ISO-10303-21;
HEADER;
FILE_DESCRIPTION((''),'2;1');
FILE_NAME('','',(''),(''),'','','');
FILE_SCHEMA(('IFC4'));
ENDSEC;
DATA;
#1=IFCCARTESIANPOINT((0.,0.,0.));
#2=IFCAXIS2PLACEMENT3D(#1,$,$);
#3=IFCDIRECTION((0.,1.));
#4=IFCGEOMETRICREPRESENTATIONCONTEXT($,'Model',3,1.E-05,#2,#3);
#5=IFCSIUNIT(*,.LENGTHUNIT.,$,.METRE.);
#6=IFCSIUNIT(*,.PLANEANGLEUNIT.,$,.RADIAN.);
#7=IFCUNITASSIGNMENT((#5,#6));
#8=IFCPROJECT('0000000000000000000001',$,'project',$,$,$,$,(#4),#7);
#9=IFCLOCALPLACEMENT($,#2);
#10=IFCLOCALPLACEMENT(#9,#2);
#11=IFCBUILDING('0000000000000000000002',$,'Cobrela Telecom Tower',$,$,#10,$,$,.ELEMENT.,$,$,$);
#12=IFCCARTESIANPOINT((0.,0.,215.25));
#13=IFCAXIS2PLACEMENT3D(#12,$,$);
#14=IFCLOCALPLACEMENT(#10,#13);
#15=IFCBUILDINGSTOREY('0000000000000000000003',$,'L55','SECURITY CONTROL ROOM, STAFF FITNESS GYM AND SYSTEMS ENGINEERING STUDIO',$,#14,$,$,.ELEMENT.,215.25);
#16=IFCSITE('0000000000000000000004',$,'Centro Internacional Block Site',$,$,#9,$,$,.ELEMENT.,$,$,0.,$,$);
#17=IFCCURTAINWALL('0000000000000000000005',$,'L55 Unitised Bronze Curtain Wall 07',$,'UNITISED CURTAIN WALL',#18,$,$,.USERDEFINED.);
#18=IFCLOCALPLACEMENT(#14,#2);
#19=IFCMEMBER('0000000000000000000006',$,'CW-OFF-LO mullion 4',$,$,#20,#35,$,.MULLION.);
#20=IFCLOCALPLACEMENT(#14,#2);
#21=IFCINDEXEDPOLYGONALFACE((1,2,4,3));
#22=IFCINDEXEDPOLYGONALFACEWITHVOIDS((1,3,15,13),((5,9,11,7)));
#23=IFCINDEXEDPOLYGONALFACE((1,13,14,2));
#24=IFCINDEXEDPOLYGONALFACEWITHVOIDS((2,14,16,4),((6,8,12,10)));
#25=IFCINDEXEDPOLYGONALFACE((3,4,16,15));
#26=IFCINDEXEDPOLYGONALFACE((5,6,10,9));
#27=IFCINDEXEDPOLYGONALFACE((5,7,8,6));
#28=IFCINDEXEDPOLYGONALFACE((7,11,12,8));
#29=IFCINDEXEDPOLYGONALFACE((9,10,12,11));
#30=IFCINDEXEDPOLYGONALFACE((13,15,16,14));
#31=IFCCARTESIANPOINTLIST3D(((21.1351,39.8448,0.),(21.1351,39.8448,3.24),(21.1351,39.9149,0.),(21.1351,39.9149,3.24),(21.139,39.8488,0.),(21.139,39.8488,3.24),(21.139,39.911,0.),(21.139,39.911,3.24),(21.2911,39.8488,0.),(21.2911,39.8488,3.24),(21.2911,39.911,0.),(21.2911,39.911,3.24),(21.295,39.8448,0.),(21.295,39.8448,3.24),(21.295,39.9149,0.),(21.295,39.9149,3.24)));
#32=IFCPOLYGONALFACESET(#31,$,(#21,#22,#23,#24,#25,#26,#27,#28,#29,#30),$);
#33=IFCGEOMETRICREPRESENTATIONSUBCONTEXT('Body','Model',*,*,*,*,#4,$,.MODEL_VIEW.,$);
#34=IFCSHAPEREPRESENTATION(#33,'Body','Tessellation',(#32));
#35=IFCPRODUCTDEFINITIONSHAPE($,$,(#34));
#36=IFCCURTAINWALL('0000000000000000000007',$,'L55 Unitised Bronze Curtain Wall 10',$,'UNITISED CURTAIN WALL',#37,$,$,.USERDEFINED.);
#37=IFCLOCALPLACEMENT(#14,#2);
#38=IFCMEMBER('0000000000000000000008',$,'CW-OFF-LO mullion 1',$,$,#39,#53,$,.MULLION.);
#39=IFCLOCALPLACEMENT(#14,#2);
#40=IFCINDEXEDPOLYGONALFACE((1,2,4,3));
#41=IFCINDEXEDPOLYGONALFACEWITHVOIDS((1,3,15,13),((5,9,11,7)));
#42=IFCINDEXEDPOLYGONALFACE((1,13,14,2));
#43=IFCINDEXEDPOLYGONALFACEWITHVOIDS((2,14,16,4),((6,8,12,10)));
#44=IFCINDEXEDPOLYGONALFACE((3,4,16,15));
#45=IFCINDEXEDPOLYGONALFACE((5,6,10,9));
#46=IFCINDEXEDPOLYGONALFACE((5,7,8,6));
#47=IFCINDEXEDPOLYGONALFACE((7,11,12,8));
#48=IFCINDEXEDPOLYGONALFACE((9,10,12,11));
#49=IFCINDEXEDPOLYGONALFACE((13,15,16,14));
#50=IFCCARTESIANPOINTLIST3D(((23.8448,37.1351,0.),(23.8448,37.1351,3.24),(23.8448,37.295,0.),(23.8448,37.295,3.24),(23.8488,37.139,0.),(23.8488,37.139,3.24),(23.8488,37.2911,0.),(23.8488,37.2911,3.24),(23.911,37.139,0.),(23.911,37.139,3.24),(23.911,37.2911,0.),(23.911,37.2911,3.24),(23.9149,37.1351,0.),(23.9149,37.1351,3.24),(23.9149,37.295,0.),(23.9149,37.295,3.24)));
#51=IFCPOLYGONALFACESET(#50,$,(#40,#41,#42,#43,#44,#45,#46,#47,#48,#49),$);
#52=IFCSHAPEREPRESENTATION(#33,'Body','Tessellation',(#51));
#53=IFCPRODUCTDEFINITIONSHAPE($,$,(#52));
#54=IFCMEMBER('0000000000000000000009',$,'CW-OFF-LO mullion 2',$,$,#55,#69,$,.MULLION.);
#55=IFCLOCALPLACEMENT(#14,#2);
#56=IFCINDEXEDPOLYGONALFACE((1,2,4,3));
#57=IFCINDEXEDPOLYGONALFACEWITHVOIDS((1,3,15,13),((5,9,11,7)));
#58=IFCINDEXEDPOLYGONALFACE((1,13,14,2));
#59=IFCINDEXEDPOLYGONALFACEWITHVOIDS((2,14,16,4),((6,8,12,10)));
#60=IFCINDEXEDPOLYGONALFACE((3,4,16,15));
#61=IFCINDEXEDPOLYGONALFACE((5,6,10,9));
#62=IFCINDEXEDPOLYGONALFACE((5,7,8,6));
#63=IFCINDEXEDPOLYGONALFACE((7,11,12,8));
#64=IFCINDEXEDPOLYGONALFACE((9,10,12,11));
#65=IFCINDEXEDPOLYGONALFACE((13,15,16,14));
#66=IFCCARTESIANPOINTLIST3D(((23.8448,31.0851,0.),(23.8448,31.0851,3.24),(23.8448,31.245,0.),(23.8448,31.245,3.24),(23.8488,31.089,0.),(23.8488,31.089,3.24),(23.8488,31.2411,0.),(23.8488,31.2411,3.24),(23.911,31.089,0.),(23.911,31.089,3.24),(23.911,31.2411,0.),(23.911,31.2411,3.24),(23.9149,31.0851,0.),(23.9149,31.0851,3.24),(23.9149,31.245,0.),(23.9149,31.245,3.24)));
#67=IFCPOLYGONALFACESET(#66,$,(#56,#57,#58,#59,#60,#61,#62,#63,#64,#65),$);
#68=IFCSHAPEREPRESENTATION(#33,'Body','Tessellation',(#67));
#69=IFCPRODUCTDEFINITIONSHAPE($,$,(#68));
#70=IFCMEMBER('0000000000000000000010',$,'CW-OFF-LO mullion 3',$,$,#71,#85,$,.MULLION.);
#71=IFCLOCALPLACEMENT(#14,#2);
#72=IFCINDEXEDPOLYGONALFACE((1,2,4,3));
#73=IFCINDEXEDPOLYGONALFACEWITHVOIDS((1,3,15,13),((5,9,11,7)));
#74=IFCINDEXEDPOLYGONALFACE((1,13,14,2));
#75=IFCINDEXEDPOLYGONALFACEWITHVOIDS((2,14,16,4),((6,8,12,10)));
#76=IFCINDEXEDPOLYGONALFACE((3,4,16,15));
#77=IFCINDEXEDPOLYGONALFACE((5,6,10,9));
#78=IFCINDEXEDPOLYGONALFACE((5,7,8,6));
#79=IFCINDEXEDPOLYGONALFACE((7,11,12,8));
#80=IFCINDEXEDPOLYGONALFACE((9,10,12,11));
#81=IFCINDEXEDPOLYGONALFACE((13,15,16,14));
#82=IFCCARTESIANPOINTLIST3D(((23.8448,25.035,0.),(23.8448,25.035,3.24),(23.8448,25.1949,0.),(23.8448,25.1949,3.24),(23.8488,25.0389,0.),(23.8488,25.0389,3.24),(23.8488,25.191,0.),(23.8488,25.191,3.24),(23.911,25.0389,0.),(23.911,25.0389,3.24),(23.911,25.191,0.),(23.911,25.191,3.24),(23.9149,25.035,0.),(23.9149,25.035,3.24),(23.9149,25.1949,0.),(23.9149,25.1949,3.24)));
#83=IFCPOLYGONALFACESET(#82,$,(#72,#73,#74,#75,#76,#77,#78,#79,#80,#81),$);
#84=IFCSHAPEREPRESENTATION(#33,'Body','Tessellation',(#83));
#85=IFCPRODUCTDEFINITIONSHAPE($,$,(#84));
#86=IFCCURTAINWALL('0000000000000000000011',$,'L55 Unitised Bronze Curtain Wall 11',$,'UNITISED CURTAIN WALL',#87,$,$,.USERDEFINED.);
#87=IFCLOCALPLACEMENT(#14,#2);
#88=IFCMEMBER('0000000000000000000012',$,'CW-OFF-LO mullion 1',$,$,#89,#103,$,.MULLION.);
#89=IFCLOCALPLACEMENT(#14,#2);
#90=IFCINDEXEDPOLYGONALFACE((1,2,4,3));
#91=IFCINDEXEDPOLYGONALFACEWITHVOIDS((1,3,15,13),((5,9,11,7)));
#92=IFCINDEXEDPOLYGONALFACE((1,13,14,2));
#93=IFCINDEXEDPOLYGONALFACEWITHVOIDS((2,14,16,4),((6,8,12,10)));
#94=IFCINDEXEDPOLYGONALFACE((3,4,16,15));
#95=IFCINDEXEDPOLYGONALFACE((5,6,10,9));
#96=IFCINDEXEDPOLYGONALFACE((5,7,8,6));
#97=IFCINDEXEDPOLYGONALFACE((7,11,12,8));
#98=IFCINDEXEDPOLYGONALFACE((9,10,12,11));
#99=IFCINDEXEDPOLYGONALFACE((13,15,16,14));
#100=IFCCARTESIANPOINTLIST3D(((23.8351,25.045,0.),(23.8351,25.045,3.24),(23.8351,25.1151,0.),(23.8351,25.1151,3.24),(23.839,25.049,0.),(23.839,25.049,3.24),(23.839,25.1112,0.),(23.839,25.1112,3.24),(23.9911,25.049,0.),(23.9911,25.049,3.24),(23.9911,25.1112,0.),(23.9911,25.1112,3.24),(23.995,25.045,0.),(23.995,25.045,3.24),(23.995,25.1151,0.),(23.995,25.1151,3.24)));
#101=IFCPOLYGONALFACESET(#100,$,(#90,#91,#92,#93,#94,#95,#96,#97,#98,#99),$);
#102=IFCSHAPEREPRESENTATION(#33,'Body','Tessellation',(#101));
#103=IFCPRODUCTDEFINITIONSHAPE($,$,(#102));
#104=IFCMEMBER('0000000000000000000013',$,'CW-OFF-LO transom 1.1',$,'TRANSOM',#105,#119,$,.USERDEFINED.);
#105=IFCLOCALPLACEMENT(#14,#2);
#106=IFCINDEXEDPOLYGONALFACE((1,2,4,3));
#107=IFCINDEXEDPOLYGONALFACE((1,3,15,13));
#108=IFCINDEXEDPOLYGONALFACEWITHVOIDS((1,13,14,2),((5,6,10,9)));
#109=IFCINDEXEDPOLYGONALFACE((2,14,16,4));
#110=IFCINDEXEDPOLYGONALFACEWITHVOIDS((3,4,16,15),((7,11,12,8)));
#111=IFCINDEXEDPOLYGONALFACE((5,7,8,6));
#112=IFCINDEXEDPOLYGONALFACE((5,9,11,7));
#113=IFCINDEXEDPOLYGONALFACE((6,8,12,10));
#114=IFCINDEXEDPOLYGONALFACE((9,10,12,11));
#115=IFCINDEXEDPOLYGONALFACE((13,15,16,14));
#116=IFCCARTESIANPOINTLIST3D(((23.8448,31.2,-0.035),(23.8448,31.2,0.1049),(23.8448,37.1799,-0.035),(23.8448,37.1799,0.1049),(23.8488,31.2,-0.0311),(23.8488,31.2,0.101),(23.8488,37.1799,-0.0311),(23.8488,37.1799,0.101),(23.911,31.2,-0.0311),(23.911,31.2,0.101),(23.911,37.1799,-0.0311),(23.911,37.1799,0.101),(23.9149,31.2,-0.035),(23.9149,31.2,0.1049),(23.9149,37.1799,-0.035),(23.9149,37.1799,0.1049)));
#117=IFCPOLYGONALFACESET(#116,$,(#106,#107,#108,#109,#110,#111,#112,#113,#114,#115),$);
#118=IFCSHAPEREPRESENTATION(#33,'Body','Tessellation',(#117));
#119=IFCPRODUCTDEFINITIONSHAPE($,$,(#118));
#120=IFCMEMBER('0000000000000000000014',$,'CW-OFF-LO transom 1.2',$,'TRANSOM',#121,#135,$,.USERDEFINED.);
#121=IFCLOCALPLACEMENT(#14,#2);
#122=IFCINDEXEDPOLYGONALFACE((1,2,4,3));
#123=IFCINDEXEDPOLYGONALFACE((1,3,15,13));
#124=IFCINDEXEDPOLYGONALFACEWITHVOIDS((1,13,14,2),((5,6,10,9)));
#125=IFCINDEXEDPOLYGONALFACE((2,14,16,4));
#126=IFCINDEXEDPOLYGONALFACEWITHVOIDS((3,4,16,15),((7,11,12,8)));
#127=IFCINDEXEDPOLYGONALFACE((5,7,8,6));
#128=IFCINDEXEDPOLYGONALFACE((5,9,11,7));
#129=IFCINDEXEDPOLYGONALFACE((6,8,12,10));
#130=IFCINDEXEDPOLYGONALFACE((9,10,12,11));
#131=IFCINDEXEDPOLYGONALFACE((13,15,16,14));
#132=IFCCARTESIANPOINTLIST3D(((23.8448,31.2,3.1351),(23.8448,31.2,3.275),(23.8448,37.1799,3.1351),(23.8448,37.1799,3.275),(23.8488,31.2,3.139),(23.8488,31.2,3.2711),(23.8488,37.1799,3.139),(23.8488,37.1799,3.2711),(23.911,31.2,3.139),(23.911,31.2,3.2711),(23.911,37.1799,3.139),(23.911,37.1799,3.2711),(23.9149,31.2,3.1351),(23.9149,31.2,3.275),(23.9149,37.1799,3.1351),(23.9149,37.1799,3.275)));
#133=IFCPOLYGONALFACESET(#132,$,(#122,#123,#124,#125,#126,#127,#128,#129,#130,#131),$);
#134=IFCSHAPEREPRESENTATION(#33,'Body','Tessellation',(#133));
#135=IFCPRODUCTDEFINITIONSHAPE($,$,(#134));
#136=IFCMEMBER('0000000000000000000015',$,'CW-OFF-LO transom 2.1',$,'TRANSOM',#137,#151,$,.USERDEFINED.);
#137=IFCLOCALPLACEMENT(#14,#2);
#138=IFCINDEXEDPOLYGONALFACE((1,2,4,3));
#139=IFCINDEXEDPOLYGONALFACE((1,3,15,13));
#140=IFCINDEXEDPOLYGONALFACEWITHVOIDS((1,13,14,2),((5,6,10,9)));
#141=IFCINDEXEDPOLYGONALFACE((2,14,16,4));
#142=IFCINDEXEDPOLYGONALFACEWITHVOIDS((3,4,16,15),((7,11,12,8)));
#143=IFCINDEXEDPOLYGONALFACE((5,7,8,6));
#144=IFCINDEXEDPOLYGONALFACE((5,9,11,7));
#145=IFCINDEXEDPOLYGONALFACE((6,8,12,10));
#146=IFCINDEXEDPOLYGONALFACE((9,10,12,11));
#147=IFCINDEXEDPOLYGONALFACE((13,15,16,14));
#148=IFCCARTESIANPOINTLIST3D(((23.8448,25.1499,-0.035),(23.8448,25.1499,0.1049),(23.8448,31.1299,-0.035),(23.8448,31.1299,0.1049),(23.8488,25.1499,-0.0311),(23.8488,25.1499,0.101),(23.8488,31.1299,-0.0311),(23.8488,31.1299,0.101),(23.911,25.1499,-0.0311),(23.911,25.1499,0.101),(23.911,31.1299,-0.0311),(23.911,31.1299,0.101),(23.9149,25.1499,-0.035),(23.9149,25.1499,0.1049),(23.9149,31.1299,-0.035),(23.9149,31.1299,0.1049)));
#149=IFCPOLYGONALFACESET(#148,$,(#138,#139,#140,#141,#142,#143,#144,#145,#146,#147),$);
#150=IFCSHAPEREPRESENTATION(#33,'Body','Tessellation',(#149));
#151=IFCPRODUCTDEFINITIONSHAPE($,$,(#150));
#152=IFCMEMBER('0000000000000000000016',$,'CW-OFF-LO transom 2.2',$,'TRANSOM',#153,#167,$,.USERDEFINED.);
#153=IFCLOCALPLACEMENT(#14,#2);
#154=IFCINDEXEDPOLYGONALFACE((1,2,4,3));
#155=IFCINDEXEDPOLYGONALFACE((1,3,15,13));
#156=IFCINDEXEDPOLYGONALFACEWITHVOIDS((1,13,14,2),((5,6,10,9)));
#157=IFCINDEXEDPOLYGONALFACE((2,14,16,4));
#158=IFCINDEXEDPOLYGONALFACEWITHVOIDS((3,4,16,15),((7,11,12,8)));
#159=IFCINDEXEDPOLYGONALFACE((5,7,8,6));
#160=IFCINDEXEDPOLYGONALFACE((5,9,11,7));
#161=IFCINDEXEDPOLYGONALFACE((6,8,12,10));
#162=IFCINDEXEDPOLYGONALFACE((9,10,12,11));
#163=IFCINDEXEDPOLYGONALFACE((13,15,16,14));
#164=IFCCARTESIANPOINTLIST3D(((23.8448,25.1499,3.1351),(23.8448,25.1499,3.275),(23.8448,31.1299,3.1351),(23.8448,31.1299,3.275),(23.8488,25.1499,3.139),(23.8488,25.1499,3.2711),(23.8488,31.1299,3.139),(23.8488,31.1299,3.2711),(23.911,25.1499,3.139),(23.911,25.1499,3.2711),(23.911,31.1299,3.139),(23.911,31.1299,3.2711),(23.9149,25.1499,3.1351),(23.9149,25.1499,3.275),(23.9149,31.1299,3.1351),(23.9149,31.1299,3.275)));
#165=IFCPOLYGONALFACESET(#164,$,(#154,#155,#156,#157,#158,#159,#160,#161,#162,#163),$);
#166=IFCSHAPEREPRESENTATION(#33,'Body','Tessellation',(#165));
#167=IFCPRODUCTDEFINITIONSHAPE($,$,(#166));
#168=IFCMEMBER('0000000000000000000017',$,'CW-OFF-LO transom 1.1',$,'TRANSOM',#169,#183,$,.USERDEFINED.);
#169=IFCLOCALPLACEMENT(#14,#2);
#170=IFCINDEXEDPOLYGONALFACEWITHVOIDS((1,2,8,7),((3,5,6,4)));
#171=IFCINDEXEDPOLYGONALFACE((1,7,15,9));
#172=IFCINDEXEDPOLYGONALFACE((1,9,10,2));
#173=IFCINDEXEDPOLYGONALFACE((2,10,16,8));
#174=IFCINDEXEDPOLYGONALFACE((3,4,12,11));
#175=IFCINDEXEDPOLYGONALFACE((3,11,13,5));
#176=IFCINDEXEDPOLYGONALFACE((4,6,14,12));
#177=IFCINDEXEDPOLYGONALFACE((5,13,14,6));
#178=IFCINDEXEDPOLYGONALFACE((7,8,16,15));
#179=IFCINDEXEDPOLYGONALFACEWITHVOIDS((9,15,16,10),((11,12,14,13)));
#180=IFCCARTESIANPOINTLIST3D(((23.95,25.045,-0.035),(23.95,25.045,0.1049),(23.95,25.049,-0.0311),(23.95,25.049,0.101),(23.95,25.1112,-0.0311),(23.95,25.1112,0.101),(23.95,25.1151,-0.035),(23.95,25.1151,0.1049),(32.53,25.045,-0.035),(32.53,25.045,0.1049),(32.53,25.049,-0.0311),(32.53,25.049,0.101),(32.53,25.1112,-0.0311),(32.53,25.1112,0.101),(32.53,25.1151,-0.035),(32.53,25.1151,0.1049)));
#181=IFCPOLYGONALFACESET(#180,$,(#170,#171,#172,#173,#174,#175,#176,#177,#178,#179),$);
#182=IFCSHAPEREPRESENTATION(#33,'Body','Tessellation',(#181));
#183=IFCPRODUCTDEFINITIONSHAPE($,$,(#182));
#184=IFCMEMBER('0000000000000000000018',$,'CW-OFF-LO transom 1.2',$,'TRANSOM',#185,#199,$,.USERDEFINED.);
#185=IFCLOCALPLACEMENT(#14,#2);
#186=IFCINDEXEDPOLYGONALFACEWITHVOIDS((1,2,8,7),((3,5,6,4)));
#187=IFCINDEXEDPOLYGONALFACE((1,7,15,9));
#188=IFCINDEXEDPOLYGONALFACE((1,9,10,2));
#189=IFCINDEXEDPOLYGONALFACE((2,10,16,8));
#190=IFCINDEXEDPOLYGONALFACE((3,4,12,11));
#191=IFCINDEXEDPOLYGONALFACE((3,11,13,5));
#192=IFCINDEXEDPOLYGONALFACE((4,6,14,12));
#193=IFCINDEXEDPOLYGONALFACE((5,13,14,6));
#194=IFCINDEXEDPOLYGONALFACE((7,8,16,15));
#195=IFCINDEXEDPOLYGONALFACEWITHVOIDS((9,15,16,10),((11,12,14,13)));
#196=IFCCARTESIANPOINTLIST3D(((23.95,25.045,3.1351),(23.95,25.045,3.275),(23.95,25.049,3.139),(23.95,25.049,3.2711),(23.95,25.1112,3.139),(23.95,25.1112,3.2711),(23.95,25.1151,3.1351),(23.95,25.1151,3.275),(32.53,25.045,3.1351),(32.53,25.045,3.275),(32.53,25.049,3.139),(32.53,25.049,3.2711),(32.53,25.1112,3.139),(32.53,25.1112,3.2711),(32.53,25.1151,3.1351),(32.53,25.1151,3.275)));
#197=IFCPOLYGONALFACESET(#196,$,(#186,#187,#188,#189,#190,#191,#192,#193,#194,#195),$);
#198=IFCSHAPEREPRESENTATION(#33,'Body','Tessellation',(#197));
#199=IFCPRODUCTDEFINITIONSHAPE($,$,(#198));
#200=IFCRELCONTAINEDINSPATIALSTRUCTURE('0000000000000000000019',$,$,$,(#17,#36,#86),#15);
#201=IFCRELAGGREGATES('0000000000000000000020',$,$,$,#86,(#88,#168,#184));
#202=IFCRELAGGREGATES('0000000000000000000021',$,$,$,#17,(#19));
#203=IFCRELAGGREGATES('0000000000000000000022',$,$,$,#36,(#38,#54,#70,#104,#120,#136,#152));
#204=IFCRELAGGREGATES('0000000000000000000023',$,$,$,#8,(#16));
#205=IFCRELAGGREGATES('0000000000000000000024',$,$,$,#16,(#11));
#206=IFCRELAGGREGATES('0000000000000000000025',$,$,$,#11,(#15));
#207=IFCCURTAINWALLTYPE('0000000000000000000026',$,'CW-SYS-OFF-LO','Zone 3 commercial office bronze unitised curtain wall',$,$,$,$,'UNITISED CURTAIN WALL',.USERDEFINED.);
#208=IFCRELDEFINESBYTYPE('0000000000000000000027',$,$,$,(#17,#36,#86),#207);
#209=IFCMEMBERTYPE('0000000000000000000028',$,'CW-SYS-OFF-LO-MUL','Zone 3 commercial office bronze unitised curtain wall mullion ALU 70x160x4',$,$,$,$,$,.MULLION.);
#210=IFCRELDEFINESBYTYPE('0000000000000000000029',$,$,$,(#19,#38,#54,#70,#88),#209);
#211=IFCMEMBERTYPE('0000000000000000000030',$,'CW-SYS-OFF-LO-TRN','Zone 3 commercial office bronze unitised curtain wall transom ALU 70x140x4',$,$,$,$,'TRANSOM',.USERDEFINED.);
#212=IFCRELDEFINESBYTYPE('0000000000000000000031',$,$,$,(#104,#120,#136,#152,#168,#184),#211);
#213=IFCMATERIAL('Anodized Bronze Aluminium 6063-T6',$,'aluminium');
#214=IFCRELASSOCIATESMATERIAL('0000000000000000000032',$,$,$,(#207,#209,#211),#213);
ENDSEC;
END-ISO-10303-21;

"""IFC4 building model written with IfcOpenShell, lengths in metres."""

from ifc_helpers import new_model, si_unit, direction, frame, origin, origin_2d, place, context, subcontext, project, spatial, hollow_rectangle, extrude, material, material_profile, profile_set, type_object, element, aggregate, save


model = new_model("IFC4")

# Units and contexts
model_context = context("Model", 3, precision=1e-05, world=origin(), true_north=direction((0.0, 1.0)))
body_context = subcontext(model_context, "Body", "Model", "MODEL_VIEW")
ifc_project = project(units=[si_unit("LENGTHUNIT", "METRE"), si_unit("PLANEANGLEUNIT", "RADIAN")], contexts=[model_context])

# Site, building, storey
site_placement = place(None, origin())
site = spatial("IfcSite", under=ifc_project, at=site_placement, Name="Centro Internacional Block Site", CompositionType="ELEMENT", RefElevation=0.0)
building_placement = place(site_placement, origin())
building = spatial("IfcBuilding", under=site, at=building_placement, Name="Cobrela Telecom Tower", CompositionType="ELEMENT")
storey_placement = place(building_placement, frame((0.0, 0.0, 215.25)))
storey = spatial("IfcBuildingStorey", under=building, at=storey_placement, Name="L55", Description="SECURITY CONTROL ROOM, STAFF FITNESS GYM AND SYSTEMS ENGINEERING STUDIO", CompositionType="ELEMENT", Elevation=215.25)

# Curtain wall, member
ifc_material_1 = material(Name="Anodized Bronze Aluminium 6063-T6", Category="aluminium")
curtain_wall_type = type_object("IfcCurtainWallType", Name="CW-SYS-OFF-LO", Description="Zone 3 commercial office bronze unitised curtain wall", ElementType="UNITISED CURTAIN WALL", PredefinedType="USERDEFINED", material=ifc_material_1)
curtain_wall_1_placement = place(storey_placement, origin())
curtain_wall_1 = element("IfcCurtainWall", 1, at=curtain_wall_1_placement, inside=storey, type_object=curtain_wall_type, Name="L55 Unitised Bronze Curtain Wall 07", ObjectType="UNITISED CURTAIN WALL", PredefinedType="USERDEFINED")
ifc_material_profile_1 = material_profile(ifc_material_1, hollow_rectangle(XDim=0.0701, YDim=0.1599, WallThickness=0.0039, at=origin_2d()), Name="ALU 70x160x4")
ifc_profile_set_1 = profile_set([ifc_material_profile_1], Name="Anodized Bronze Aluminium 6063-T6")
member_type_1 = type_object("IfcMemberType", Name="CW-SYS-OFF-LO-MUL", Description="Zone 3 commercial office bronze unitised curtain wall mullion ALU 70x160x4", PredefinedType="MULLION", material=ifc_profile_set_1)
member_1_placement = place(storey_placement, frame((21.2151, 39.8799, 0.0), z_axis=(0.0, 0.0, 1.0), x_axis=(0.0, 1.0, 0.0)))
member_1 = element("IfcMember", 2, at=member_1_placement, type_object=member_type_1, Name="CW-OFF-LO mullion 4", PredefinedType="MULLION", context=body_context, shape_type="SweptSolid", body=[
    extrude(hollow_rectangle(XDim=0.0701, YDim=0.1599, WallThickness=0.0039, at=origin_2d()), origin(), (0.0, 0.0, 1.0), 3.24),
])

# Curtain wall, members
curtain_wall_2_placement = place(storey_placement, origin())
curtain_wall_2 = element("IfcCurtainWall", 3, at=curtain_wall_2_placement, inside=storey, type_object=curtain_wall_type, Name="L55 Unitised Bronze Curtain Wall 10", ObjectType="UNITISED CURTAIN WALL", PredefinedType="USERDEFINED")
member_2_placement = place(storey_placement, frame((23.8799, 37.2151, 0.0), z_axis=(0.0, 0.0, 1.0), x_axis=(1.0, 0.0, 0.0)))
member_2 = element("IfcMember", 4, at=member_2_placement, type_object=member_type_1, Name="CW-OFF-LO mullion 1", PredefinedType="MULLION", context=body_context, shape_type="SweptSolid", body=[
    extrude(hollow_rectangle(XDim=0.0701, YDim=0.1599, WallThickness=0.0039, at=origin_2d()), origin(), (0.0, 0.0, 1.0), 3.24),
])
member_3_placement = place(storey_placement, frame((23.8799, 31.165, 0.0), z_axis=(0.0, 0.0, 1.0), x_axis=(1.0, 0.0, 0.0)))
member_3 = element("IfcMember", 5, at=member_3_placement, type_object=member_type_1, Name="CW-OFF-LO mullion 2", PredefinedType="MULLION", context=body_context, shape_type="SweptSolid", body=[
    extrude(hollow_rectangle(XDim=0.0701, YDim=0.1599, WallThickness=0.0039, at=origin_2d()), origin(), (0.0, 0.0, 1.0), 3.24),
])
member_4_placement = place(storey_placement, frame((23.8799, 25.115, 0.0), z_axis=(0.0, 0.0, 1.0), x_axis=(1.0, 0.0, 0.0)))
member_4 = element("IfcMember", 6, at=member_4_placement, type_object=member_type_1, Name="CW-OFF-LO mullion 3", PredefinedType="MULLION", context=body_context, shape_type="SweptSolid", body=[
    extrude(hollow_rectangle(XDim=0.0701, YDim=0.1599, WallThickness=0.0039, at=origin_2d()), origin(), (0.0, 0.0, 1.0), 3.24),
])

# Curtain wall, member
curtain_wall_3_placement = place(storey_placement, origin())
curtain_wall_3 = element("IfcCurtainWall", 7, at=curtain_wall_3_placement, inside=storey, type_object=curtain_wall_type, Name="L55 Unitised Bronze Curtain Wall 11", ObjectType="UNITISED CURTAIN WALL", PredefinedType="USERDEFINED")
member_5_placement = place(storey_placement, frame((23.915, 25.0801, 0.0), z_axis=(0.0, 0.0, 1.0), x_axis=(0.0, 1.0, 0.0)))
member_5 = element("IfcMember", 8, at=member_5_placement, type_object=member_type_1, Name="CW-OFF-LO mullion 1", PredefinedType="MULLION", context=body_context, shape_type="SweptSolid", body=[
    extrude(hollow_rectangle(XDim=0.0701, YDim=0.1599, WallThickness=0.0039, at=origin_2d()), origin(), (0.0, 0.0, 1.0), 3.24),
])

# Members
ifc_material_profile_2 = material_profile(ifc_material_1, hollow_rectangle(XDim=0.0701, YDim=0.1399, WallThickness=0.0039, at=origin_2d()), Name="ALU 70x140x4")
ifc_profile_set_2 = profile_set([ifc_material_profile_2], Name="Anodized Bronze Aluminium 6063-T6")
member_type_2 = type_object("IfcMemberType", Name="CW-SYS-OFF-LO-TRN", Description="Zone 3 commercial office bronze unitised curtain wall transom ALU 70x140x4", ElementType="TRANSOM", PredefinedType="USERDEFINED", material=ifc_profile_set_2)
member_6_placement = place(storey_placement, frame((23.8799, 37.1799, 0.0349), z_axis=(0.0, -1.0, 0.0), x_axis=(1.0, 0.0, 0.0)))
member_6 = element("IfcMember", 9, at=member_6_placement, type_object=member_type_2, Name="CW-OFF-LO transom 1.1", ObjectType="TRANSOM", PredefinedType="USERDEFINED", context=body_context, shape_type="SweptSolid", body=[
    extrude(hollow_rectangle(XDim=0.0701, YDim=0.1399, WallThickness=0.0039, at=origin_2d()), origin(), (0.0, 0.0, 1.0), 5.98),
])
member_7_placement = place(storey_placement, frame((23.8799, 37.1799, 3.2051), z_axis=(0.0, -1.0, 0.0), x_axis=(1.0, 0.0, 0.0)))
member_7 = element("IfcMember", 10, at=member_7_placement, type_object=member_type_2, Name="CW-OFF-LO transom 1.2", ObjectType="TRANSOM", PredefinedType="USERDEFINED", context=body_context, shape_type="SweptSolid", body=[
    extrude(hollow_rectangle(XDim=0.0701, YDim=0.1399, WallThickness=0.0039, at=origin_2d()), origin(), (0.0, 0.0, 1.0), 5.98),
])
member_8_placement = place(storey_placement, frame((23.8799, 31.1299, 0.0349), z_axis=(0.0, -1.0, 0.0), x_axis=(1.0, 0.0, 0.0)))
member_8 = element("IfcMember", 11, at=member_8_placement, type_object=member_type_2, Name="CW-OFF-LO transom 2.1", ObjectType="TRANSOM", PredefinedType="USERDEFINED", context=body_context, shape_type="SweptSolid", body=[
    extrude(hollow_rectangle(XDim=0.0701, YDim=0.1399, WallThickness=0.0039, at=origin_2d()), origin(), (0.0, 0.0, 1.0), 5.98),
])
member_9_placement = place(storey_placement, frame((23.8799, 31.1299, 3.2051), z_axis=(0.0, -1.0, 0.0), x_axis=(1.0, 0.0, 0.0)))
member_9 = element("IfcMember", 12, at=member_9_placement, type_object=member_type_2, Name="CW-OFF-LO transom 2.2", ObjectType="TRANSOM", PredefinedType="USERDEFINED", context=body_context, shape_type="SweptSolid", body=[
    extrude(hollow_rectangle(XDim=0.0701, YDim=0.1399, WallThickness=0.0039, at=origin_2d()), origin(), (0.0, 0.0, 1.0), 5.98),
])
member_10_placement = place(storey_placement, frame((23.95, 25.0801, 0.0349), z_axis=(1.0, 0.0, 0.0), x_axis=(0.0, 1.0, 0.0)))
member_10 = element("IfcMember", 13, at=member_10_placement, type_object=member_type_2, Name="CW-OFF-LO transom 1.1", ObjectType="TRANSOM", PredefinedType="USERDEFINED", context=body_context, shape_type="SweptSolid", body=[
    extrude(hollow_rectangle(XDim=0.0701, YDim=0.1399, WallThickness=0.0039, at=origin_2d()), origin(), (0.0, 0.0, 1.0), 8.5801),
])
member_11_placement = place(storey_placement, frame((23.95, 25.0801, 3.2051), z_axis=(1.0, 0.0, 0.0), x_axis=(0.0, 1.0, 0.0)))
member_11 = element("IfcMember", 14, at=member_11_placement, type_object=member_type_2, Name="CW-OFF-LO transom 1.2", ObjectType="TRANSOM", PredefinedType="USERDEFINED", context=body_context, shape_type="SweptSolid", body=[
    extrude(hollow_rectangle(XDim=0.0701, YDim=0.1399, WallThickness=0.0039, at=origin_2d()), origin(), (0.0, 0.0, 1.0), 8.5801),
])
aggregate(curtain_wall_3, [member_5, member_10, member_11])

aggregate(curtain_wall_1, [member_1])
aggregate(curtain_wall_2, [member_2, member_3, member_4, member_6, member_7, member_8, member_9])

save(model, "model.ifc")
